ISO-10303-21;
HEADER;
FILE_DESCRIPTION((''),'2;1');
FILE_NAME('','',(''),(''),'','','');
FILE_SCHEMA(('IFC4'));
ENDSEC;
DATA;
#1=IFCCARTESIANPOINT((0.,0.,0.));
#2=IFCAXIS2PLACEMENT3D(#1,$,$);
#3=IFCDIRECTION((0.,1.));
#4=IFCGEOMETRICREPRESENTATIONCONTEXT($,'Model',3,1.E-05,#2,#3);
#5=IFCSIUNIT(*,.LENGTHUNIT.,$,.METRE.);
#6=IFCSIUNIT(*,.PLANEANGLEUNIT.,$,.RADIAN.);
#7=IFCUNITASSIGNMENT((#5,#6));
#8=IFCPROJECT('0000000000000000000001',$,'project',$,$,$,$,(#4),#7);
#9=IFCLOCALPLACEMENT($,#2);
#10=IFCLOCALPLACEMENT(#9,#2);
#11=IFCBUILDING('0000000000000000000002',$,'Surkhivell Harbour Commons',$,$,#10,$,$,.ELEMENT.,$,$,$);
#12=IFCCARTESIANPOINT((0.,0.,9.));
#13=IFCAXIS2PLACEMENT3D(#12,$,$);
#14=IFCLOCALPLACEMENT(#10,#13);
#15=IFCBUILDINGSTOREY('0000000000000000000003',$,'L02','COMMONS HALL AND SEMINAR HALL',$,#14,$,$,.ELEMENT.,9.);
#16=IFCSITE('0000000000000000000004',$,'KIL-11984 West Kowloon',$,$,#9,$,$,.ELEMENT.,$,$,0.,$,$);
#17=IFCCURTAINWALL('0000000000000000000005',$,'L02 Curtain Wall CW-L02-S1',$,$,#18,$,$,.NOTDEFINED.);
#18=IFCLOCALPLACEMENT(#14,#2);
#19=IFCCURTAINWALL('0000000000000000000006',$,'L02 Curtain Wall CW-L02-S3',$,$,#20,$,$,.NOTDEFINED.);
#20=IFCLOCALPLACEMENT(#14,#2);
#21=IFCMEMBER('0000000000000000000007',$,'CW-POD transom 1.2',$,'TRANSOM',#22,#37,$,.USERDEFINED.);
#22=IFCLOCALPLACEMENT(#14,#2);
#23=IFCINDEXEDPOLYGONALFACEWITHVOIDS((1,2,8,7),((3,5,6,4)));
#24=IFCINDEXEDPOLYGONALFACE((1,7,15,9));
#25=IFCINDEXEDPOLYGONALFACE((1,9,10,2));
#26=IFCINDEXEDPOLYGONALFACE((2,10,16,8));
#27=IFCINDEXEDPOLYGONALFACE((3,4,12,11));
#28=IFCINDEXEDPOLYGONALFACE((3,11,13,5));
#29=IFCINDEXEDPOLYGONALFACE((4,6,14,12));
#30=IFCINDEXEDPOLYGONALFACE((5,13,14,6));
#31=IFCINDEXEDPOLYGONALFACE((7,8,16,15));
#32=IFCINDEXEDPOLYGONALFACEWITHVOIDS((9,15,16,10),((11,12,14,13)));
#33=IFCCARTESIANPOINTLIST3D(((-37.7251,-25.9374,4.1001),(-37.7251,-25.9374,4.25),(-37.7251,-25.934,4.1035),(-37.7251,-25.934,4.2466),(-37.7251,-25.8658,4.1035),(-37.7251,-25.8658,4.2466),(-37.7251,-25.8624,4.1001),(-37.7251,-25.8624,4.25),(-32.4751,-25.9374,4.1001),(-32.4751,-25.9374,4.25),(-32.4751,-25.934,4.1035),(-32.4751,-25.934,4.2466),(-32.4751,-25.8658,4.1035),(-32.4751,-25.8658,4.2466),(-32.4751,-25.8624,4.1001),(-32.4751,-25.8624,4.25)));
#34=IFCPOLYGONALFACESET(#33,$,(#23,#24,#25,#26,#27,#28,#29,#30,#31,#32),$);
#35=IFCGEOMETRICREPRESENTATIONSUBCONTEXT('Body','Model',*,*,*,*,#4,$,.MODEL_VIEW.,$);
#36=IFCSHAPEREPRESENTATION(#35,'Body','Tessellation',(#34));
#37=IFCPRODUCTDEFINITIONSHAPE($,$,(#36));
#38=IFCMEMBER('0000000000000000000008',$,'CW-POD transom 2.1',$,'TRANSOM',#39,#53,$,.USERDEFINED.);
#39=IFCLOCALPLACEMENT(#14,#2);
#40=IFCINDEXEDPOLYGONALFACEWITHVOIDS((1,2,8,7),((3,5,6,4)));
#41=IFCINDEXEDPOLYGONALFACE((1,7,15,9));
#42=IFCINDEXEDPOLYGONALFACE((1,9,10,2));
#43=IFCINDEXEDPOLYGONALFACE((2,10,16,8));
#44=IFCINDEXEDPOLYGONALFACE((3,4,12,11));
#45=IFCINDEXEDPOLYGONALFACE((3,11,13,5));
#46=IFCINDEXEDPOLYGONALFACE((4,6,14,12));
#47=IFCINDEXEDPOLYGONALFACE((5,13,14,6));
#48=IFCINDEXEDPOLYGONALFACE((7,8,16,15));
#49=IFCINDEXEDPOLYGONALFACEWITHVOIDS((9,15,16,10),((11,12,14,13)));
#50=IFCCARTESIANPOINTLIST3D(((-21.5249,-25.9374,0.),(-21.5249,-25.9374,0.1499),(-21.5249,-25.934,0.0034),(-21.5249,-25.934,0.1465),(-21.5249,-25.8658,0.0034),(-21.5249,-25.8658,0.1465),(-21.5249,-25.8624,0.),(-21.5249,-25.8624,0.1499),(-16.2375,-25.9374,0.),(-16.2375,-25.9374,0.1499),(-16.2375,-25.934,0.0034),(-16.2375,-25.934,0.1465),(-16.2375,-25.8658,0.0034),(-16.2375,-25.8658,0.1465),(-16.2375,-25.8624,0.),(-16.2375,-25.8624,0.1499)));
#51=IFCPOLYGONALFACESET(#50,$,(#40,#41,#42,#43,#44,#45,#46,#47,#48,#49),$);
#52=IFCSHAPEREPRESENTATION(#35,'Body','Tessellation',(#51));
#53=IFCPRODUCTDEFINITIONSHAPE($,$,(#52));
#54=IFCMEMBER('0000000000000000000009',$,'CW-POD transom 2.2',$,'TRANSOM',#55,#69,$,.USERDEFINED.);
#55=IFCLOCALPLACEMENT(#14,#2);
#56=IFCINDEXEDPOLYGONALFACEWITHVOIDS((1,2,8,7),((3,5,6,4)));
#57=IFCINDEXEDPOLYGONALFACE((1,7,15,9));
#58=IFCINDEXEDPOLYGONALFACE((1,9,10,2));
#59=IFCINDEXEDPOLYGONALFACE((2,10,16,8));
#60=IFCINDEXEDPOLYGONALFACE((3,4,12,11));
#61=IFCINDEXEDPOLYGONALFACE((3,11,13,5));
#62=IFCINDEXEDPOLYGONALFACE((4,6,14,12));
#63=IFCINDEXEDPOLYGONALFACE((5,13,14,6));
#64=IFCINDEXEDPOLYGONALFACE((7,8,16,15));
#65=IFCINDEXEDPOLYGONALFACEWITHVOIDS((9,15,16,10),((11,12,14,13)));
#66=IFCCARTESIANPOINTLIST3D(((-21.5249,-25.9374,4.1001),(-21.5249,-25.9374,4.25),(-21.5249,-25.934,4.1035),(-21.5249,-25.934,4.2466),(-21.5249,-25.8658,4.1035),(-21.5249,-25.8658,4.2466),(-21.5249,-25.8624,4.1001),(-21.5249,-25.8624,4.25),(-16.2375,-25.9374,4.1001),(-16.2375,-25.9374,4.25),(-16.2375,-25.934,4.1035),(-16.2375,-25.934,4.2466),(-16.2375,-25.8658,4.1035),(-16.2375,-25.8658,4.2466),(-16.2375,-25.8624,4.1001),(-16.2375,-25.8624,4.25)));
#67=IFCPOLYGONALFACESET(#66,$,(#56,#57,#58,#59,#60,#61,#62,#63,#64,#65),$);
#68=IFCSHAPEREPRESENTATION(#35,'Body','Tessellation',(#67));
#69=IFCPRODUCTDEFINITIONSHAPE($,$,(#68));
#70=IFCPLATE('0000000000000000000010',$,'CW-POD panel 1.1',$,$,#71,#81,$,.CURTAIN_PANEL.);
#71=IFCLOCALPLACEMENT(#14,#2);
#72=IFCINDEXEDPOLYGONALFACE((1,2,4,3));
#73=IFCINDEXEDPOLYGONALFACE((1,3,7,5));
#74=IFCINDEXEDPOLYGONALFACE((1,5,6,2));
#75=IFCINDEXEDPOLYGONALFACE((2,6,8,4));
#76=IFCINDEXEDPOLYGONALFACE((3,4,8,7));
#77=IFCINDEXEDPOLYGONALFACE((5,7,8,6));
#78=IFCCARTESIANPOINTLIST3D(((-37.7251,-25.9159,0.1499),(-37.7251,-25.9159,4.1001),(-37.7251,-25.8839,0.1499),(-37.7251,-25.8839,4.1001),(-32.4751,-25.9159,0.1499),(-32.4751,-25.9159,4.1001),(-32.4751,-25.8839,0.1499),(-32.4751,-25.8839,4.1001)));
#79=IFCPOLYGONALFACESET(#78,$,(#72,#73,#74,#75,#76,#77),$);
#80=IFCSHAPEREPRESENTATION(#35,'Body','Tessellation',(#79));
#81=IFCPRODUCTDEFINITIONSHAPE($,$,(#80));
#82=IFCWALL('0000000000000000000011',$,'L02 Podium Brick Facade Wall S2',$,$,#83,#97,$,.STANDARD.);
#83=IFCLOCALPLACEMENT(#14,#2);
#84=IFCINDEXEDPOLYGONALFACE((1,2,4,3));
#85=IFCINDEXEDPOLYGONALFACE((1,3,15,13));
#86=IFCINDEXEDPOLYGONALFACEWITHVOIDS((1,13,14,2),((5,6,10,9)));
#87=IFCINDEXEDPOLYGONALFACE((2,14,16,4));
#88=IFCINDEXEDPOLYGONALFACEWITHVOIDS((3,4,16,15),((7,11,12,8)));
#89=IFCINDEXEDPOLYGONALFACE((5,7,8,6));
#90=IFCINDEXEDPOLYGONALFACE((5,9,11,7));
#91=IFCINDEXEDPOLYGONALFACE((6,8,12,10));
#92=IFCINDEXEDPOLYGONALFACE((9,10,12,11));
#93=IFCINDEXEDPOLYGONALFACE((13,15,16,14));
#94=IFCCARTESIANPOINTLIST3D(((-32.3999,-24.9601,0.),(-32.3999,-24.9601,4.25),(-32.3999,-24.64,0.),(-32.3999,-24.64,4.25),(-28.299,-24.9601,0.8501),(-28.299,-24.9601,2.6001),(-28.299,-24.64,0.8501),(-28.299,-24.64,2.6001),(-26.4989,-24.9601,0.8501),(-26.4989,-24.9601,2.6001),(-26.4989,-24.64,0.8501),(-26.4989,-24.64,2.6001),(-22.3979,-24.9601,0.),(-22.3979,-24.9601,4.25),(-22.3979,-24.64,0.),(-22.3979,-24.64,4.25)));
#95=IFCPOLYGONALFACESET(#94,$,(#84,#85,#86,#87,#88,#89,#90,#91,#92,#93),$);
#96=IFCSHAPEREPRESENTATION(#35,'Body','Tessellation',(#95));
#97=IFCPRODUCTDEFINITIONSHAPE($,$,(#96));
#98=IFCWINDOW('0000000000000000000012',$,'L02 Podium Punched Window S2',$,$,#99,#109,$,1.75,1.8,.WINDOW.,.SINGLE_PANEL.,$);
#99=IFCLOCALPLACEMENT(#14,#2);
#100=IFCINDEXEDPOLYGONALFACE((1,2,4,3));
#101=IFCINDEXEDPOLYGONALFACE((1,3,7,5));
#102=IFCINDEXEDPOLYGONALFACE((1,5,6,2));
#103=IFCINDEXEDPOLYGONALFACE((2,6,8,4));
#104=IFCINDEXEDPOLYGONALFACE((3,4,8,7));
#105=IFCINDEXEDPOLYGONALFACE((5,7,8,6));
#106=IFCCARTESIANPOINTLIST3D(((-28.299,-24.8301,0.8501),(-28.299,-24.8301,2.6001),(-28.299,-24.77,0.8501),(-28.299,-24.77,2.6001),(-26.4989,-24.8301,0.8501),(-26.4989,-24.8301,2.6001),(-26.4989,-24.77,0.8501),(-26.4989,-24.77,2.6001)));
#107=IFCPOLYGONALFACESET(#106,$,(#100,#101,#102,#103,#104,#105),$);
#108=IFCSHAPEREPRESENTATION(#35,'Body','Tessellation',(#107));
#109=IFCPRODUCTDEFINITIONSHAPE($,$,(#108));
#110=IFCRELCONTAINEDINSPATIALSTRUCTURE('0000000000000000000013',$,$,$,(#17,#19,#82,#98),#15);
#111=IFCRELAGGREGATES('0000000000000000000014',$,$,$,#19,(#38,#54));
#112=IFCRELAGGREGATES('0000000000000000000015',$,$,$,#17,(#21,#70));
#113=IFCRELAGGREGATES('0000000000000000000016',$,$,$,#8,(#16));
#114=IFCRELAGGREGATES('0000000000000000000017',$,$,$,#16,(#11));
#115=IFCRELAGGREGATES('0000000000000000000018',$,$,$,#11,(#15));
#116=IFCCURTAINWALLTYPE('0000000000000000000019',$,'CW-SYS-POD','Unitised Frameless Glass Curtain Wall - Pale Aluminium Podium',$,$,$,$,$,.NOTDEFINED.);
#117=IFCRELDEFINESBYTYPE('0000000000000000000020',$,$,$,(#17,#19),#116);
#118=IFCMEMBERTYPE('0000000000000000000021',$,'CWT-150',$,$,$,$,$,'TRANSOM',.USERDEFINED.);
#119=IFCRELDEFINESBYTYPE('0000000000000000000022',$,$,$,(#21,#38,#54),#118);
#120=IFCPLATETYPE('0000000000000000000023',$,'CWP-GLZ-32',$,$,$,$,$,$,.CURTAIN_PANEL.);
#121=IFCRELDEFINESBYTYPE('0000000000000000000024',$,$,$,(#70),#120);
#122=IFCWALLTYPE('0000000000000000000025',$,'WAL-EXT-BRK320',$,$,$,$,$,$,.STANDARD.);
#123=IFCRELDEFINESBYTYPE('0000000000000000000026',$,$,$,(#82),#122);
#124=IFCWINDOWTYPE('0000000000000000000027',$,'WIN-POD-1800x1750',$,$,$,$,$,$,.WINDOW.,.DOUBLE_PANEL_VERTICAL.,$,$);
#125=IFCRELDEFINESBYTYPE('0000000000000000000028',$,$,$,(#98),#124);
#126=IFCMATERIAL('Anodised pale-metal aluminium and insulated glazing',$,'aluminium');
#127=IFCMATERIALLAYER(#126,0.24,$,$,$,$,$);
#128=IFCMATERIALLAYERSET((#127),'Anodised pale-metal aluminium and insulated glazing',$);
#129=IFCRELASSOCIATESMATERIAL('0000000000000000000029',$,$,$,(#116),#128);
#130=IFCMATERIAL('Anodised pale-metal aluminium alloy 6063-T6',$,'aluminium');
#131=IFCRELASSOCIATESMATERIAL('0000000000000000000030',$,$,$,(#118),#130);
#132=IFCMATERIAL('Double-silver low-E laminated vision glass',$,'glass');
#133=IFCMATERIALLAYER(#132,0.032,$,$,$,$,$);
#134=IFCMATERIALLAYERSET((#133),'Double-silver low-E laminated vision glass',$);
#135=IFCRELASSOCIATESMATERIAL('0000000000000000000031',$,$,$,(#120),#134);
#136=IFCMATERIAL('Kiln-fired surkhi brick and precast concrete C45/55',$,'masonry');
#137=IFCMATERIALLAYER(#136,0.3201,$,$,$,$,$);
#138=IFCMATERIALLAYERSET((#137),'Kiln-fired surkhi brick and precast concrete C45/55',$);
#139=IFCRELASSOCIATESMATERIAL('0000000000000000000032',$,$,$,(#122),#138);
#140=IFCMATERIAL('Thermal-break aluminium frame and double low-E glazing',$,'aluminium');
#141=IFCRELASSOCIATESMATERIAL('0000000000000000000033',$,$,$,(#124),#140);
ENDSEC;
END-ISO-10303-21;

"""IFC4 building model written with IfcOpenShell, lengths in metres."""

from ifc_helpers import new_model, si_unit, direction, frame, frame_2d, origin, origin_2d, place, context, subcontext, project, spatial, rectangle, hollow_rectangle, extrude, material, layer, layer_set, material_profile, profile_set, type_object, element, fill, aggregate, save


model = new_model("IFC4")

# Units and contexts
model_context = context("Model", 3, precision=1e-05, world=origin(), true_north=direction((0.0, 1.0)))
body_context = subcontext(model_context, "Body", "Model", "MODEL_VIEW")
ifc_project = project(units=[si_unit("LENGTHUNIT", "METRE"), si_unit("PLANEANGLEUNIT", "RADIAN")], contexts=[model_context])

# Site, building, storey
site_placement = place(None, origin())
site = spatial("IfcSite", under=ifc_project, at=site_placement, Name="KIL-11984 West Kowloon", CompositionType="ELEMENT", RefElevation=0.0)
building_placement = place(site_placement, origin())
building = spatial("IfcBuilding", under=site, at=building_placement, Name="Surkhivell Harbour Commons", CompositionType="ELEMENT")
storey_placement = place(building_placement, frame((0.0, 0.0, 9.0)))
storey = spatial("IfcBuildingStorey", under=building, at=storey_placement, Name="L02", Description="COMMONS HALL AND SEMINAR HALL", CompositionType="ELEMENT", Elevation=9.0)

# Curtain walls
ifc_material_1 = material(Name="Anodised pale-metal aluminium and insulated glazing", Category="aluminium")
ifc_layer_1 = layer(ifc_material_1, 0.24)
ifc_layer_set_1 = layer_set([ifc_layer_1], Name="Anodised pale-metal aluminium and insulated glazing")
curtain_wall_type = type_object("IfcCurtainWallType", Name="CW-SYS-POD", Description="Unitised Frameless Glass Curtain Wall - Pale Aluminium Podium", PredefinedType="NOTDEFINED", material=ifc_layer_set_1)
curtain_wall_1_placement = place(storey_placement, origin())
curtain_wall_1 = element("IfcCurtainWall", 1, at=curtain_wall_1_placement, inside=storey, type_object=curtain_wall_type, Name="L02 Curtain Wall CW-L02-S1", PredefinedType="NOTDEFINED")
ifc_material_2 = material(Name="Anodised pale-metal aluminium alloy 6063-T6", Category="aluminium")
curtain_wall_2_placement = place(storey_placement, origin())
curtain_wall_2 = element("IfcCurtainWall", 2, at=curtain_wall_2_placement, inside=storey, type_object=curtain_wall_type, Name="L02 Curtain Wall CW-L02-S3", PredefinedType="NOTDEFINED")

# Members
ifc_material_profile_1 = material_profile(ifc_material_2, hollow_rectangle(XDim=0.075, YDim=0.1499, WallThickness=0.0034, at=origin_2d()), Name="ALU-TRAN-75x150")
ifc_profile_set_1 = profile_set([ifc_material_profile_1], Name="Anodised pale-metal aluminium alloy 6063-T6")
member_type_1 = type_object("IfcMemberType", Name="CWT-150", ElementType="TRANSOM", PredefinedType="USERDEFINED", material=ifc_profile_set_1)
member_1_placement = place(storey_placement, frame((-32.4751, -25.8999, 4.175), z_axis=(-1.0, 0.0, 0.0), x_axis=(0.0, -1.0, 0.0)))
member_1 = element("IfcMember", 3, at=member_1_placement, type_object=member_type_1, Name="CW-POD transom 1.2", ObjectType="TRANSOM", PredefinedType="USERDEFINED", context=body_context, shape_type="SweptSolid", body=[
    extrude(hollow_rectangle(XDim=0.075, YDim=0.1499, WallThickness=0.0034, at=origin_2d()), origin(), (0.0, 0.0, 1.0), 5.25),
])
member_2_placement = place(storey_placement, frame((-16.2375, -25.8999, 0.075), z_axis=(-1.0, 0.0, 0.0), x_axis=(0.0, -1.0, 0.0)))
member_2 = element("IfcMember", 4, at=member_2_placement, type_object=member_type_1, Name="CW-POD transom 2.1", ObjectType="TRANSOM", PredefinedType="USERDEFINED", context=body_context, shape_type="SweptSolid", body=[
    extrude(hollow_rectangle(XDim=0.075, YDim=0.1499, WallThickness=0.0034, at=origin_2d()), origin(), (0.0, 0.0, 1.0), 5.2874),
])
member_3_placement = place(storey_placement, frame((-16.2375, -25.8999, 4.175), z_axis=(-1.0, 0.0, 0.0), x_axis=(0.0, -1.0, 0.0)))
member_3 = element("IfcMember", 5, at=member_3_placement, type_object=member_type_1, Name="CW-POD transom 2.2", ObjectType="TRANSOM", PredefinedType="USERDEFINED", context=body_context, shape_type="SweptSolid", body=[
    extrude(hollow_rectangle(XDim=0.075, YDim=0.1499, WallThickness=0.0034, at=origin_2d()), origin(), (0.0, 0.0, 1.0), 5.2874),
])
aggregate(curtain_wall_2, [member_2, member_3])

# Plate
ifc_material_3 = material(Name="Double-silver low-E laminated vision glass", Category="glass")
ifc_layer_2 = layer(ifc_material_3, 0.032)
ifc_layer_set_2 = layer_set([ifc_layer_2], Name="Double-silver low-E laminated vision glass")
plate_type = type_object("IfcPlateType", Name="CWP-GLZ-32", PredefinedType="CURTAIN_PANEL", material=ifc_layer_set_2)
plate_placement = place(storey_placement, frame((-32.4751, -25.8999, 0.1499), z_axis=(0.0, 0.0, 1.0), x_axis=(-1.0, 0.0, 0.0)))
plate = element("IfcPlate", 6, at=plate_placement, type_object=plate_type, Name="CW-POD panel 1.1", PredefinedType="CURTAIN_PANEL", context=body_context, shape_type="SweptSolid", body=[
    extrude(rectangle(XDim=5.25, YDim=0.032, at=frame_2d((2.625, 0.0))), origin(), (0.0, 0.0, 1.0), 3.9502),
])
aggregate(curtain_wall_1, [member_1, plate])

# Wall, opening, window
ifc_material_4 = material(Name="Kiln-fired surkhi brick and precast concrete C45/55", Category="masonry")
ifc_layer_3 = layer(ifc_material_4, 0.3201)
ifc_layer_set_3 = layer_set([ifc_layer_3], Name="Kiln-fired surkhi brick and precast concrete C45/55")
wall_type = type_object("IfcWallType", Name="WAL-EXT-BRK320", PredefinedType="STANDARD", material=ifc_layer_set_3)
wall_placement = place(storey_placement, frame((-22.3979, -24.8, 0.0), z_axis=(0.0, 0.0, 1.0), x_axis=(-1.0, 0.0, 0.0)))
wall = element("IfcWall", 7, at=wall_placement, inside=storey, type_object=wall_type, Name="L02 Podium Brick Facade Wall S2", PredefinedType="STANDARD", context=body_context, shape_type="SweptSolid", body=[
    extrude(rectangle(XDim=10.002, YDim=0.3201, at=frame_2d((5.001, 0.0))), origin(), (0.0, 0.0, 1.0), 4.25),
])
opening_placement = place(wall_placement, frame((4.1011, 0.0, 0.8501)))
opening = element("IfcOpeningElement", 8, at=opening_placement, cuts=wall, PredefinedType="OPENING", context=body_context, shape_type="SweptSolid", body=[
    extrude(rectangle(XDim=1.8, YDim=1.75, at=frame_2d((0.8999, 0.875))), frame((0.0, 0.1699, 0.0), z_axis=(0.0, -1.0, 0.0), x_axis=(1.0, 0.0, 0.0)), (0.0, 0.0, 1.0), 0.3401),
])
ifc_material_5 = material(Name="Thermal-break aluminium frame and double low-E glazing", Category="aluminium")
window_type = type_object("IfcWindowType", Name="WIN-POD-1800x1750", PartitioningType="DOUBLE_PANEL_VERTICAL", PredefinedType="WINDOW", material=ifc_material_5)
window_placement = place(opening_placement, origin())
window = element("IfcWindow", 9, at=window_placement, inside=storey, type_object=window_type, Name="L02 Podium Punched Window S2", OverallHeight=1.75, OverallWidth=1.8, PartitioningType="SINGLE_PANEL", PredefinedType="WINDOW", context=body_context, shape_type="SweptSolid", body=[
    extrude(rectangle(XDim=1.8, YDim=1.75, at=frame_2d((0.8999, 0.875))), frame((0.0, 0.03, 0.0), z_axis=(0.0, -1.0, 0.0), x_axis=(1.0, 0.0, 0.0)), (0.0, 0.0, 1.0), 0.0601),
])
fill(opening, window)

save(model, "model.ifc")
